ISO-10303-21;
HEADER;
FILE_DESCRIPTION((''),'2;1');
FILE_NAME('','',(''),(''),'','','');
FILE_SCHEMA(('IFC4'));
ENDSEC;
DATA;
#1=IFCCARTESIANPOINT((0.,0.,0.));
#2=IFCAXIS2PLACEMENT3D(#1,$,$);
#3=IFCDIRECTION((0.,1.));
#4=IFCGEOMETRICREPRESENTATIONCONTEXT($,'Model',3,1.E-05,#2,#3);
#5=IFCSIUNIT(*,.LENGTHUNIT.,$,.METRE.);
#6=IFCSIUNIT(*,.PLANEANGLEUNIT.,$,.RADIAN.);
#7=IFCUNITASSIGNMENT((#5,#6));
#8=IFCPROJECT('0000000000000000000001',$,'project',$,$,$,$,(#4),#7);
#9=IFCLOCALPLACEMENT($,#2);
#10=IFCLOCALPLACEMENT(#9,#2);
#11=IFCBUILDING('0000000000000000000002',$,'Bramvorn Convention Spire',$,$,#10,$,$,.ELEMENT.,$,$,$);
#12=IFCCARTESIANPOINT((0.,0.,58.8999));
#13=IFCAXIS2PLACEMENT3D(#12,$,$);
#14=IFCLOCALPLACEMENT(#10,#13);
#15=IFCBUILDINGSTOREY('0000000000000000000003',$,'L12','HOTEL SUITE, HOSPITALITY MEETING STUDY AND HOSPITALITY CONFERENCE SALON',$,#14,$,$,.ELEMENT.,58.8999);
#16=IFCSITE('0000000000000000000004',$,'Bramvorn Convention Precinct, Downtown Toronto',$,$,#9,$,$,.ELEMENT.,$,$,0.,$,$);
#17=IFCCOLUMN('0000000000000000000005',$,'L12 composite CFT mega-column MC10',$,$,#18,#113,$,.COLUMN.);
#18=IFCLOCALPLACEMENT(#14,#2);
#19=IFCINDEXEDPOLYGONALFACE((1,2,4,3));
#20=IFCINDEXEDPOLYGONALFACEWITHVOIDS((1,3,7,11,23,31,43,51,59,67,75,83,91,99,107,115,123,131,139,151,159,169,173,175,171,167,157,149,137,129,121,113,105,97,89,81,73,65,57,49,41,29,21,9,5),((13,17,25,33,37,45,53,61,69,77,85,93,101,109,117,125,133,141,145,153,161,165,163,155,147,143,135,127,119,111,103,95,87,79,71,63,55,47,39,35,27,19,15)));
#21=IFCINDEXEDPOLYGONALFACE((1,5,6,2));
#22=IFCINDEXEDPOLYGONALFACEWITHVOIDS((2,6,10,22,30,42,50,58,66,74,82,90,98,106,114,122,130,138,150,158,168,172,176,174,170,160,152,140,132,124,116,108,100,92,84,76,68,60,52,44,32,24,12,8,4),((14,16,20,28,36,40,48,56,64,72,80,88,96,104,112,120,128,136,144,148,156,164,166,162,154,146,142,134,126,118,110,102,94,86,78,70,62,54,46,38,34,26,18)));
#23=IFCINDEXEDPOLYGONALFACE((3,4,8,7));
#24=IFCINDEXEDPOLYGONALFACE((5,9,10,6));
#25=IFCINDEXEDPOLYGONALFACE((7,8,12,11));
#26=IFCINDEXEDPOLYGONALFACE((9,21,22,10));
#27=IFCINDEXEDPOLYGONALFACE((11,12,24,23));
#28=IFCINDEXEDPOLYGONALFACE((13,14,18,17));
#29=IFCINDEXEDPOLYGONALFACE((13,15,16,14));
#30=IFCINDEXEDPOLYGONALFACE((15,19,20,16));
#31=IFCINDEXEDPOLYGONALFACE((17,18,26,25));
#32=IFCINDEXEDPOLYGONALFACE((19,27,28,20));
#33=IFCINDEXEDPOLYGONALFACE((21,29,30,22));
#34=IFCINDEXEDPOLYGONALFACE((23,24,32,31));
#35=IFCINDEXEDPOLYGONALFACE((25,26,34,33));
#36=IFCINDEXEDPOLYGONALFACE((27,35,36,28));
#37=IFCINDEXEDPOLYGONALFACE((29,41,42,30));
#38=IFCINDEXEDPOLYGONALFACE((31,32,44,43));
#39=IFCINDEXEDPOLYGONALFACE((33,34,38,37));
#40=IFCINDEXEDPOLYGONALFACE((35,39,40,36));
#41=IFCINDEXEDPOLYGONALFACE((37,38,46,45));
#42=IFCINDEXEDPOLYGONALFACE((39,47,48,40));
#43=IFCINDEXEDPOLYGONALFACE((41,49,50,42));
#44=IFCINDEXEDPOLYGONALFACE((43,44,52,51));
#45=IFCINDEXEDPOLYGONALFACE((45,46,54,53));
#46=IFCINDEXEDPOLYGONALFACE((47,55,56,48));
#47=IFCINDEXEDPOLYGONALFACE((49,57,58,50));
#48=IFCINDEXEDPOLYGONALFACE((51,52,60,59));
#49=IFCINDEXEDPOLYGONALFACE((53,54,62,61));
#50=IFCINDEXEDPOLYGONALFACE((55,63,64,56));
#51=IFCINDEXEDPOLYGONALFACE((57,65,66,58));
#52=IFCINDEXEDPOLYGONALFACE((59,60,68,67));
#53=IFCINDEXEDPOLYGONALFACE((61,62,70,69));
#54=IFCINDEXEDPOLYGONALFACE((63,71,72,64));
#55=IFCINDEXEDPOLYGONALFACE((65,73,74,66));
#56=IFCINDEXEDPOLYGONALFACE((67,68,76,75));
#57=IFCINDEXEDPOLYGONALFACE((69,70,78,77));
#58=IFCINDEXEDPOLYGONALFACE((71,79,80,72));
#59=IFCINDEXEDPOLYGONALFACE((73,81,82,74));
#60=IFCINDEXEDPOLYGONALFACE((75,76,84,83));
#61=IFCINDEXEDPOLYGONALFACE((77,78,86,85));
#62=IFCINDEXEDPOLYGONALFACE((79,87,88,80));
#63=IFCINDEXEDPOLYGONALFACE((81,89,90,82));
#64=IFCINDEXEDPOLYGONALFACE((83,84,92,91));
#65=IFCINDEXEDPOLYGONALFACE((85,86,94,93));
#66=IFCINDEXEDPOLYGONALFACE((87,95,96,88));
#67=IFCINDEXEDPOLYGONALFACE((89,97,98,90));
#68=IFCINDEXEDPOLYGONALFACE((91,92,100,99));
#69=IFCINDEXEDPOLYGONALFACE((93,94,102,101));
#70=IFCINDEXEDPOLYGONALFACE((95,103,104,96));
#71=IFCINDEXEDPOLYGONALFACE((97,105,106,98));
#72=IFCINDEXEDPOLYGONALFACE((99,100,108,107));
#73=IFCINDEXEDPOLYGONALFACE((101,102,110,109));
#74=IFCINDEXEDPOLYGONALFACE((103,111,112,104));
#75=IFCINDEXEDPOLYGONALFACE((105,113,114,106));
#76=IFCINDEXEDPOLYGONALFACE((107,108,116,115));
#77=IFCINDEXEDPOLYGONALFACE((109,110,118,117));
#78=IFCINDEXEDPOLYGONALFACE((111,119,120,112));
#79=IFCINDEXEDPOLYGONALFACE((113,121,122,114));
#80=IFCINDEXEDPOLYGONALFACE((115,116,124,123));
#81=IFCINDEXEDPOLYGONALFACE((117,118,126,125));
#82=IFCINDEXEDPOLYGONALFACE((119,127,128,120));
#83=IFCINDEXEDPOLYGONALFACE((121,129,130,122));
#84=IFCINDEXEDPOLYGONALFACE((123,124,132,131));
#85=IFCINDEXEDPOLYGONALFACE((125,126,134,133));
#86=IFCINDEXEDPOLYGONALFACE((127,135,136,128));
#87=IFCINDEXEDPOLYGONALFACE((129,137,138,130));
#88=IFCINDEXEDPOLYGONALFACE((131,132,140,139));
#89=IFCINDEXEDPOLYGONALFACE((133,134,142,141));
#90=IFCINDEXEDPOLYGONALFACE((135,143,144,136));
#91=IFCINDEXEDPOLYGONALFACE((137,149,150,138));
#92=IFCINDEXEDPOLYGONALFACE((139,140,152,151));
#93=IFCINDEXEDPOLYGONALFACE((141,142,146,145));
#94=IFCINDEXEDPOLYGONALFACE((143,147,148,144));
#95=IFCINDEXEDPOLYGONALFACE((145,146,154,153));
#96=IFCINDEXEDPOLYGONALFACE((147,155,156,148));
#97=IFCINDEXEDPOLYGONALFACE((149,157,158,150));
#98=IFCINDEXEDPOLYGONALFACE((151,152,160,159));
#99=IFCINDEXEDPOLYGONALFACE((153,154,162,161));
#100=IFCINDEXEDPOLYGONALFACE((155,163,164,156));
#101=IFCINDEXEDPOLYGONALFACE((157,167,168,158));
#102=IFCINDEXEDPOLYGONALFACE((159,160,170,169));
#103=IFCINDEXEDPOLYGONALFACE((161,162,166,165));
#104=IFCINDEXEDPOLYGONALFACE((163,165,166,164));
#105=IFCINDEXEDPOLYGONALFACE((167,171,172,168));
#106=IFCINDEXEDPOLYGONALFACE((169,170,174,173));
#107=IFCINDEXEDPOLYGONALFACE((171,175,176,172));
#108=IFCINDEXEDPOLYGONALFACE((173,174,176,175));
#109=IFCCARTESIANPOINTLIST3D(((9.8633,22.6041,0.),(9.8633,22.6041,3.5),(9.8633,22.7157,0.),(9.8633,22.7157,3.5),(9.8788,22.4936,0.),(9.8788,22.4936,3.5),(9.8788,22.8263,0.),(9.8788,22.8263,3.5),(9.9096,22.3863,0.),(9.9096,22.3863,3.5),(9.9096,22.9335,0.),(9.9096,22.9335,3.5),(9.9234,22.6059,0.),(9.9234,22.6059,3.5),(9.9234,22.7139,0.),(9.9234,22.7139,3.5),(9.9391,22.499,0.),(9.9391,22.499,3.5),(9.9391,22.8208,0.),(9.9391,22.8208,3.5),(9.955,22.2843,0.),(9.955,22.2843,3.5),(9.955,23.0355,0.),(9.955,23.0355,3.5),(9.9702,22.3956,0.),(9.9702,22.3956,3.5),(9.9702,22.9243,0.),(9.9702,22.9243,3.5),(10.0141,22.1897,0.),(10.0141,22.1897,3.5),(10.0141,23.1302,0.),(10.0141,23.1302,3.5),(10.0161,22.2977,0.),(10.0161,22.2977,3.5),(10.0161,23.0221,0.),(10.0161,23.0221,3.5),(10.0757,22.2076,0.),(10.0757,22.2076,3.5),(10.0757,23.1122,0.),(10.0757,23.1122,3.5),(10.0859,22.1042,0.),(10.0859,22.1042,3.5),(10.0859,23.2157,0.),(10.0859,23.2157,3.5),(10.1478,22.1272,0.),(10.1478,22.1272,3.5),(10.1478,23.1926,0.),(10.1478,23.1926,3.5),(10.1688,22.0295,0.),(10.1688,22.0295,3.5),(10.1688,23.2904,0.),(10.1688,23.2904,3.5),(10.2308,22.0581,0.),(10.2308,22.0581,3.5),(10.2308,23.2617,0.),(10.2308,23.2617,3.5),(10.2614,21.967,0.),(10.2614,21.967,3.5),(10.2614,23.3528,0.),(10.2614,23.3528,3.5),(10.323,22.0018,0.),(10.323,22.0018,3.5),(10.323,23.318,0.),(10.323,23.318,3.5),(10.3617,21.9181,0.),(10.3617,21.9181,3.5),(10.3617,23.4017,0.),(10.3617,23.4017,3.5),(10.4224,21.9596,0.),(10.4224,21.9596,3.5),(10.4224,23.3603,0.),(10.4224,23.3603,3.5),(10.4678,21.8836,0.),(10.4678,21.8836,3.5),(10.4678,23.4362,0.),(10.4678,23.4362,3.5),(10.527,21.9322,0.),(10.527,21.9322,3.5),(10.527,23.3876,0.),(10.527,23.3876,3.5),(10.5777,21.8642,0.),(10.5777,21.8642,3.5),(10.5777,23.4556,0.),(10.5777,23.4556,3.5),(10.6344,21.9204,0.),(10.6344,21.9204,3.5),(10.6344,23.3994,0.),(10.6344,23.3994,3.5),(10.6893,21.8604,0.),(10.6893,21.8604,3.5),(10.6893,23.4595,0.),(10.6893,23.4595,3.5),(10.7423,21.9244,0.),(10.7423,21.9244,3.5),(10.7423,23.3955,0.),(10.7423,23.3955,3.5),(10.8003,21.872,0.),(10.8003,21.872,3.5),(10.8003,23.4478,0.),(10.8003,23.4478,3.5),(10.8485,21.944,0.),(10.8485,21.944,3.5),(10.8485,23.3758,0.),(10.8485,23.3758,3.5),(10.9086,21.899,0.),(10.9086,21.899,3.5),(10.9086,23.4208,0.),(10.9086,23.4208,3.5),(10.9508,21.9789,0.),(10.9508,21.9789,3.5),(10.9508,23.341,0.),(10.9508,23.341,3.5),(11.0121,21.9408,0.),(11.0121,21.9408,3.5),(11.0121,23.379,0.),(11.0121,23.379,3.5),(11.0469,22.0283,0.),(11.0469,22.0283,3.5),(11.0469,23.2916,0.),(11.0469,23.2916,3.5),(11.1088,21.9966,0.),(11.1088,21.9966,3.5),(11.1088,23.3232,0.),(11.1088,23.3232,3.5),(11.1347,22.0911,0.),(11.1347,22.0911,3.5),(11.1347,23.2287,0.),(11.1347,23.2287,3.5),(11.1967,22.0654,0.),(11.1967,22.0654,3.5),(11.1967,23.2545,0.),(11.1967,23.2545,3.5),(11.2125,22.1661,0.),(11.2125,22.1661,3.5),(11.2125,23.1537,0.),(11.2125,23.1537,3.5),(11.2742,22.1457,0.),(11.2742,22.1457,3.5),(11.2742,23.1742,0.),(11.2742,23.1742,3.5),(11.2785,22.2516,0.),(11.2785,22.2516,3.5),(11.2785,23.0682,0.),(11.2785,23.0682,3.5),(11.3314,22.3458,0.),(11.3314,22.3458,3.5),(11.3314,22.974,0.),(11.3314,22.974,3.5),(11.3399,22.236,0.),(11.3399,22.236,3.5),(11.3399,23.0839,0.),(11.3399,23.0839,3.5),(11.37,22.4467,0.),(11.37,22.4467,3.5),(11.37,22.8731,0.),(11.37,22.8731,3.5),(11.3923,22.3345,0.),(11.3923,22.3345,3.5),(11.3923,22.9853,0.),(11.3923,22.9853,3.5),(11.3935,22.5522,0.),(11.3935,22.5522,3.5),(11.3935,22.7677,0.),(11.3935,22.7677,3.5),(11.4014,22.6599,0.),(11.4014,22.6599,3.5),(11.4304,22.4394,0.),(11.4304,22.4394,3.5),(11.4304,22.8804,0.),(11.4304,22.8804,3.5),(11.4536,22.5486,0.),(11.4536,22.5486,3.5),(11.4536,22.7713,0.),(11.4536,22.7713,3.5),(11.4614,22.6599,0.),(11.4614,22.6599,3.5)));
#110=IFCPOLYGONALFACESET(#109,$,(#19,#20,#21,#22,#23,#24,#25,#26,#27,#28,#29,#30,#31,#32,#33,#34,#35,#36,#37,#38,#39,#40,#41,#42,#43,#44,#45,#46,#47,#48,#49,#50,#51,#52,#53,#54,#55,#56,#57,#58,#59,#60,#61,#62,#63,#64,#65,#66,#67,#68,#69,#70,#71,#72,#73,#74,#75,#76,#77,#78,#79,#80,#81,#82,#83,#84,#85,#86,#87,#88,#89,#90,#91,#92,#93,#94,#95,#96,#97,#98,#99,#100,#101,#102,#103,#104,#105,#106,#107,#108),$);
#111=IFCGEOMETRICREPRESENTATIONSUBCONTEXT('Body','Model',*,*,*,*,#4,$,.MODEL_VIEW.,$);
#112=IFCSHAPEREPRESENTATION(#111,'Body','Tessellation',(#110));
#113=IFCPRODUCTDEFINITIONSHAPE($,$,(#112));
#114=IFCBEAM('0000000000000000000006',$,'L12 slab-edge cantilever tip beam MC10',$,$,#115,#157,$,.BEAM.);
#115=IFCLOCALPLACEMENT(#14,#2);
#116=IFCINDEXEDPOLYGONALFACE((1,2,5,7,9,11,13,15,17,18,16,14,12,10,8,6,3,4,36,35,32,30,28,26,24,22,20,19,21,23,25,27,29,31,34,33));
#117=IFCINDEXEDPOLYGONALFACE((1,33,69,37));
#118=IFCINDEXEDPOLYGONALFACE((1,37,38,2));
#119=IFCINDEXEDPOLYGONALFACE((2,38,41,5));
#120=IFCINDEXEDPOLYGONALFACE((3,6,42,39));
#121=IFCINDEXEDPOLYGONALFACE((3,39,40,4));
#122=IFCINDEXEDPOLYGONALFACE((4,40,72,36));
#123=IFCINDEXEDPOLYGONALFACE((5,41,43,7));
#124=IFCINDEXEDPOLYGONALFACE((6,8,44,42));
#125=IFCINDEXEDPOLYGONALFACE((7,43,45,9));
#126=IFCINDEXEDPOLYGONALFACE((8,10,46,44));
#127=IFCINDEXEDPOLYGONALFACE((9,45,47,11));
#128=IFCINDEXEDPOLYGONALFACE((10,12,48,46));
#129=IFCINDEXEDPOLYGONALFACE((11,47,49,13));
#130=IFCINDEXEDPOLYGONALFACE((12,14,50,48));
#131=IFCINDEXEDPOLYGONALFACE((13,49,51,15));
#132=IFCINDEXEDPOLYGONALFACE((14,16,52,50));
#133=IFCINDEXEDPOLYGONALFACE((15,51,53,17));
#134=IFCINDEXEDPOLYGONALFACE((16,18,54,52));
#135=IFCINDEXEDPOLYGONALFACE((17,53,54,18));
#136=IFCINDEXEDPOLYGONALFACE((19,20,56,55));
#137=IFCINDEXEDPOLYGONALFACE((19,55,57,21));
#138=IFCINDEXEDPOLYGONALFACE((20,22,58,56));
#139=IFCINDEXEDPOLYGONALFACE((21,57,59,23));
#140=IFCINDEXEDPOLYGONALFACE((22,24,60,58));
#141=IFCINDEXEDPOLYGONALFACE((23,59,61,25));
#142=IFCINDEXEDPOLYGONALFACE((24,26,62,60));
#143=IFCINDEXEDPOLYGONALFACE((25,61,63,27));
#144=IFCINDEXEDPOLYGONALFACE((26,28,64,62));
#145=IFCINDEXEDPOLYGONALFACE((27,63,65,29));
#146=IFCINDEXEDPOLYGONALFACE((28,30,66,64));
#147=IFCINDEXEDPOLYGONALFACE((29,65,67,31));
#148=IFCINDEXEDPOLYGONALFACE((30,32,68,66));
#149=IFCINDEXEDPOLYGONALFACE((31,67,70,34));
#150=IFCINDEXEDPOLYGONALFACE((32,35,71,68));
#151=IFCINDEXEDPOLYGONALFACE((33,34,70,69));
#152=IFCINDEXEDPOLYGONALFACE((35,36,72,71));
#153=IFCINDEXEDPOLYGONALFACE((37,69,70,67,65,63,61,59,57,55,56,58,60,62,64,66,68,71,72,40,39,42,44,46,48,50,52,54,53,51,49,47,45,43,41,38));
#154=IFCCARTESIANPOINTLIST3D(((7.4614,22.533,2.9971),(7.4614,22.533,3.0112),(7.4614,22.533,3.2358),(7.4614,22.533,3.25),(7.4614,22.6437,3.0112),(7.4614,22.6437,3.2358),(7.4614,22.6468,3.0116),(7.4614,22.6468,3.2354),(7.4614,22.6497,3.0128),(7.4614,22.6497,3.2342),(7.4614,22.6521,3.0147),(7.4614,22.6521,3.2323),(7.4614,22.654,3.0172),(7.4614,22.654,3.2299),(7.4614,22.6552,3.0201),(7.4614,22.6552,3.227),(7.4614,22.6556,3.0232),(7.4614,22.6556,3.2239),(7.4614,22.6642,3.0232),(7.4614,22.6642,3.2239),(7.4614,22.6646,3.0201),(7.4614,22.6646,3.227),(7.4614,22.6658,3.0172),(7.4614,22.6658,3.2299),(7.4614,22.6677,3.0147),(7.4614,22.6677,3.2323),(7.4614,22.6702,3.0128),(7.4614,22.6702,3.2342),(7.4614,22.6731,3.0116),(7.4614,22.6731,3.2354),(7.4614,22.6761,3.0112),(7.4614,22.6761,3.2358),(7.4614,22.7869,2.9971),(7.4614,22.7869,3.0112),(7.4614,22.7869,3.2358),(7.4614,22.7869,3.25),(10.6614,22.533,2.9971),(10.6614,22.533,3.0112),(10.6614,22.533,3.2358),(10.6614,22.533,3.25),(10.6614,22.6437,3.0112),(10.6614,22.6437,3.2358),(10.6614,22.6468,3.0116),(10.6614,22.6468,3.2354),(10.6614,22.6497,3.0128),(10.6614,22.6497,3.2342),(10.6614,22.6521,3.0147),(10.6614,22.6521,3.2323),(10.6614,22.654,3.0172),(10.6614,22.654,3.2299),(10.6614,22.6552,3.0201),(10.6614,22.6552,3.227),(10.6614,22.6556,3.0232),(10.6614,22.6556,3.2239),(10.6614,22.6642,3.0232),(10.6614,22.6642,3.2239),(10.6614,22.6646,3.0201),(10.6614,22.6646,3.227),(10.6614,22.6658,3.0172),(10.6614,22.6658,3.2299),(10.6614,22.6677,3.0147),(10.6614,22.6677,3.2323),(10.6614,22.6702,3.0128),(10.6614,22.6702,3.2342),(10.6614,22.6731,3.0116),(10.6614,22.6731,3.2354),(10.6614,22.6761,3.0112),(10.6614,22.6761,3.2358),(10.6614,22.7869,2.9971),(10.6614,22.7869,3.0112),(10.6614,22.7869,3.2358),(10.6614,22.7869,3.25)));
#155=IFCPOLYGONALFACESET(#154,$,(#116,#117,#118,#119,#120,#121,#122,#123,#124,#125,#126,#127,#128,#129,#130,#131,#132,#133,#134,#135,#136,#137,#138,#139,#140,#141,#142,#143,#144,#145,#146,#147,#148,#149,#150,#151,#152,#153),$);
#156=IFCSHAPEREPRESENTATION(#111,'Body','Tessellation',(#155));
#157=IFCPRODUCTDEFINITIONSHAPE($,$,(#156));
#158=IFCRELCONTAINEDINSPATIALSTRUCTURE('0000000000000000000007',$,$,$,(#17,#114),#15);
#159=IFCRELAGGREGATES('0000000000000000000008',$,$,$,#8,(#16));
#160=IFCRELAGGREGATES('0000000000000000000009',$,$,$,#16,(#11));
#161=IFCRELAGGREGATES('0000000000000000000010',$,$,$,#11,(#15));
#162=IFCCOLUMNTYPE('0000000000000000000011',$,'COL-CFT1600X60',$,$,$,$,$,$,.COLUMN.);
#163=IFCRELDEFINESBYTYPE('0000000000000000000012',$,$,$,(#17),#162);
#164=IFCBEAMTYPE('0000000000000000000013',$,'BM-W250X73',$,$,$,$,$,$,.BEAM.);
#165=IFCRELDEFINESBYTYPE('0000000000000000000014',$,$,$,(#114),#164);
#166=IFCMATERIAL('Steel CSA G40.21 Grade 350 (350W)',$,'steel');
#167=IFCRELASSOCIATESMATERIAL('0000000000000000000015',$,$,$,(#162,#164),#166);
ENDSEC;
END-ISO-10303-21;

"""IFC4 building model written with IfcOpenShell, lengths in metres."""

from ifc_helpers import new_model, si_unit, direction, frame, origin, origin_2d, place, context, subcontext, project, spatial, hollow_circle, i_section, extrude, material, material_profile, profile_set, type_object, element, save


model = new_model("IFC4")

# Units and contexts
model_context = context("Model", 3, precision=1e-05, world=origin(), true_north=direction((0.0, 1.0)))
body_context = subcontext(model_context, "Body", "Model", "MODEL_VIEW")
ifc_project = project(units=[si_unit("LENGTHUNIT", "METRE"), si_unit("PLANEANGLEUNIT", "RADIAN")], contexts=[model_context])

# Site, building, storey
site_placement = place(None, origin())
site = spatial("IfcSite", under=ifc_project, at=site_placement, Name="Bramvorn Convention Precinct, Downtown Toronto", CompositionType="ELEMENT", RefElevation=0.0)
building_placement = place(site_placement, origin())
building = spatial("IfcBuilding", under=site, at=building_placement, Name="Bramvorn Convention Spire", CompositionType="ELEMENT")
storey_placement = place(building_placement, frame((0.0, 0.0, 58.8999)))
storey = spatial("IfcBuildingStorey", under=building, at=storey_placement, Name="L12", Description="HOTEL SUITE, HOSPITALITY MEETING STUDY AND HOSPITALITY CONFERENCE SALON", CompositionType="ELEMENT", Elevation=58.8999)

# Column
ifc_material_1 = material(Name="Steel CSA G40.21 Grade 350 (350W)", Category="steel")
ifc_material_profile_1 = material_profile(ifc_material_1, hollow_circle(Radius=0.8, WallThickness=0.0601, at=origin_2d()))
ifc_profile_set_1 = profile_set([ifc_material_profile_1], Name="Steel CSA G40.21 Grade 350 (350W) - CFT1600X60")
column_type = type_object("IfcColumnType", Name="COL-CFT1600X60", PredefinedType="COLUMN", material=ifc_profile_set_1)
column_placement = place(storey_placement, frame((10.6614, 22.6599, 0.0), z_axis=(0.0, 0.0, 1.0), x_axis=(1.0, 0.0, 0.0)))
element("IfcColumn", 1, at=column_placement, inside=storey, type_object=column_type, Name="L12 composite CFT mega-column MC10", PredefinedType="COLUMN", context=body_context, shape_type="SweptSolid", body=[
    extrude(hollow_circle(Radius=0.8, WallThickness=0.0601, at=origin_2d()), origin(), (0.0, 0.0, 1.0), 3.5),
])

# Beam
ifc_material_profile_2 = material_profile(ifc_material_1, i_section(OverallWidth=0.2539, OverallDepth=0.2529, WebThickness=0.0085, FlangeThickness=0.0142, FilletRadius=0.012, at=origin_2d()))
ifc_profile_set_2 = profile_set([ifc_material_profile_2], Name="Steel CSA G40.21 Grade 350 (350W) - W250X73")
beam_type = type_object("IfcBeamType", Name="BM-W250X73", PredefinedType="BEAM", material=ifc_profile_set_2)
beam_placement = place(storey_placement, frame((10.6614, 22.6599, 3.1235), z_axis=(-1.0, 0.0, 0.0), x_axis=(0.0, -1.0, 0.0)))
element("IfcBeam", 2, at=beam_placement, inside=storey, type_object=beam_type, Name="L12 slab-edge cantilever tip beam MC10", PredefinedType="BEAM", context=body_context, shape_type="SweptSolid", body=[
    extrude(i_section(OverallWidth=0.2539, OverallDepth=0.2529, WebThickness=0.0085, FlangeThickness=0.0142, FilletRadius=0.012, at=origin_2d()), origin(), (0.0, 0.0, 1.0), 3.2),
])

save(model, "model.ifc")
